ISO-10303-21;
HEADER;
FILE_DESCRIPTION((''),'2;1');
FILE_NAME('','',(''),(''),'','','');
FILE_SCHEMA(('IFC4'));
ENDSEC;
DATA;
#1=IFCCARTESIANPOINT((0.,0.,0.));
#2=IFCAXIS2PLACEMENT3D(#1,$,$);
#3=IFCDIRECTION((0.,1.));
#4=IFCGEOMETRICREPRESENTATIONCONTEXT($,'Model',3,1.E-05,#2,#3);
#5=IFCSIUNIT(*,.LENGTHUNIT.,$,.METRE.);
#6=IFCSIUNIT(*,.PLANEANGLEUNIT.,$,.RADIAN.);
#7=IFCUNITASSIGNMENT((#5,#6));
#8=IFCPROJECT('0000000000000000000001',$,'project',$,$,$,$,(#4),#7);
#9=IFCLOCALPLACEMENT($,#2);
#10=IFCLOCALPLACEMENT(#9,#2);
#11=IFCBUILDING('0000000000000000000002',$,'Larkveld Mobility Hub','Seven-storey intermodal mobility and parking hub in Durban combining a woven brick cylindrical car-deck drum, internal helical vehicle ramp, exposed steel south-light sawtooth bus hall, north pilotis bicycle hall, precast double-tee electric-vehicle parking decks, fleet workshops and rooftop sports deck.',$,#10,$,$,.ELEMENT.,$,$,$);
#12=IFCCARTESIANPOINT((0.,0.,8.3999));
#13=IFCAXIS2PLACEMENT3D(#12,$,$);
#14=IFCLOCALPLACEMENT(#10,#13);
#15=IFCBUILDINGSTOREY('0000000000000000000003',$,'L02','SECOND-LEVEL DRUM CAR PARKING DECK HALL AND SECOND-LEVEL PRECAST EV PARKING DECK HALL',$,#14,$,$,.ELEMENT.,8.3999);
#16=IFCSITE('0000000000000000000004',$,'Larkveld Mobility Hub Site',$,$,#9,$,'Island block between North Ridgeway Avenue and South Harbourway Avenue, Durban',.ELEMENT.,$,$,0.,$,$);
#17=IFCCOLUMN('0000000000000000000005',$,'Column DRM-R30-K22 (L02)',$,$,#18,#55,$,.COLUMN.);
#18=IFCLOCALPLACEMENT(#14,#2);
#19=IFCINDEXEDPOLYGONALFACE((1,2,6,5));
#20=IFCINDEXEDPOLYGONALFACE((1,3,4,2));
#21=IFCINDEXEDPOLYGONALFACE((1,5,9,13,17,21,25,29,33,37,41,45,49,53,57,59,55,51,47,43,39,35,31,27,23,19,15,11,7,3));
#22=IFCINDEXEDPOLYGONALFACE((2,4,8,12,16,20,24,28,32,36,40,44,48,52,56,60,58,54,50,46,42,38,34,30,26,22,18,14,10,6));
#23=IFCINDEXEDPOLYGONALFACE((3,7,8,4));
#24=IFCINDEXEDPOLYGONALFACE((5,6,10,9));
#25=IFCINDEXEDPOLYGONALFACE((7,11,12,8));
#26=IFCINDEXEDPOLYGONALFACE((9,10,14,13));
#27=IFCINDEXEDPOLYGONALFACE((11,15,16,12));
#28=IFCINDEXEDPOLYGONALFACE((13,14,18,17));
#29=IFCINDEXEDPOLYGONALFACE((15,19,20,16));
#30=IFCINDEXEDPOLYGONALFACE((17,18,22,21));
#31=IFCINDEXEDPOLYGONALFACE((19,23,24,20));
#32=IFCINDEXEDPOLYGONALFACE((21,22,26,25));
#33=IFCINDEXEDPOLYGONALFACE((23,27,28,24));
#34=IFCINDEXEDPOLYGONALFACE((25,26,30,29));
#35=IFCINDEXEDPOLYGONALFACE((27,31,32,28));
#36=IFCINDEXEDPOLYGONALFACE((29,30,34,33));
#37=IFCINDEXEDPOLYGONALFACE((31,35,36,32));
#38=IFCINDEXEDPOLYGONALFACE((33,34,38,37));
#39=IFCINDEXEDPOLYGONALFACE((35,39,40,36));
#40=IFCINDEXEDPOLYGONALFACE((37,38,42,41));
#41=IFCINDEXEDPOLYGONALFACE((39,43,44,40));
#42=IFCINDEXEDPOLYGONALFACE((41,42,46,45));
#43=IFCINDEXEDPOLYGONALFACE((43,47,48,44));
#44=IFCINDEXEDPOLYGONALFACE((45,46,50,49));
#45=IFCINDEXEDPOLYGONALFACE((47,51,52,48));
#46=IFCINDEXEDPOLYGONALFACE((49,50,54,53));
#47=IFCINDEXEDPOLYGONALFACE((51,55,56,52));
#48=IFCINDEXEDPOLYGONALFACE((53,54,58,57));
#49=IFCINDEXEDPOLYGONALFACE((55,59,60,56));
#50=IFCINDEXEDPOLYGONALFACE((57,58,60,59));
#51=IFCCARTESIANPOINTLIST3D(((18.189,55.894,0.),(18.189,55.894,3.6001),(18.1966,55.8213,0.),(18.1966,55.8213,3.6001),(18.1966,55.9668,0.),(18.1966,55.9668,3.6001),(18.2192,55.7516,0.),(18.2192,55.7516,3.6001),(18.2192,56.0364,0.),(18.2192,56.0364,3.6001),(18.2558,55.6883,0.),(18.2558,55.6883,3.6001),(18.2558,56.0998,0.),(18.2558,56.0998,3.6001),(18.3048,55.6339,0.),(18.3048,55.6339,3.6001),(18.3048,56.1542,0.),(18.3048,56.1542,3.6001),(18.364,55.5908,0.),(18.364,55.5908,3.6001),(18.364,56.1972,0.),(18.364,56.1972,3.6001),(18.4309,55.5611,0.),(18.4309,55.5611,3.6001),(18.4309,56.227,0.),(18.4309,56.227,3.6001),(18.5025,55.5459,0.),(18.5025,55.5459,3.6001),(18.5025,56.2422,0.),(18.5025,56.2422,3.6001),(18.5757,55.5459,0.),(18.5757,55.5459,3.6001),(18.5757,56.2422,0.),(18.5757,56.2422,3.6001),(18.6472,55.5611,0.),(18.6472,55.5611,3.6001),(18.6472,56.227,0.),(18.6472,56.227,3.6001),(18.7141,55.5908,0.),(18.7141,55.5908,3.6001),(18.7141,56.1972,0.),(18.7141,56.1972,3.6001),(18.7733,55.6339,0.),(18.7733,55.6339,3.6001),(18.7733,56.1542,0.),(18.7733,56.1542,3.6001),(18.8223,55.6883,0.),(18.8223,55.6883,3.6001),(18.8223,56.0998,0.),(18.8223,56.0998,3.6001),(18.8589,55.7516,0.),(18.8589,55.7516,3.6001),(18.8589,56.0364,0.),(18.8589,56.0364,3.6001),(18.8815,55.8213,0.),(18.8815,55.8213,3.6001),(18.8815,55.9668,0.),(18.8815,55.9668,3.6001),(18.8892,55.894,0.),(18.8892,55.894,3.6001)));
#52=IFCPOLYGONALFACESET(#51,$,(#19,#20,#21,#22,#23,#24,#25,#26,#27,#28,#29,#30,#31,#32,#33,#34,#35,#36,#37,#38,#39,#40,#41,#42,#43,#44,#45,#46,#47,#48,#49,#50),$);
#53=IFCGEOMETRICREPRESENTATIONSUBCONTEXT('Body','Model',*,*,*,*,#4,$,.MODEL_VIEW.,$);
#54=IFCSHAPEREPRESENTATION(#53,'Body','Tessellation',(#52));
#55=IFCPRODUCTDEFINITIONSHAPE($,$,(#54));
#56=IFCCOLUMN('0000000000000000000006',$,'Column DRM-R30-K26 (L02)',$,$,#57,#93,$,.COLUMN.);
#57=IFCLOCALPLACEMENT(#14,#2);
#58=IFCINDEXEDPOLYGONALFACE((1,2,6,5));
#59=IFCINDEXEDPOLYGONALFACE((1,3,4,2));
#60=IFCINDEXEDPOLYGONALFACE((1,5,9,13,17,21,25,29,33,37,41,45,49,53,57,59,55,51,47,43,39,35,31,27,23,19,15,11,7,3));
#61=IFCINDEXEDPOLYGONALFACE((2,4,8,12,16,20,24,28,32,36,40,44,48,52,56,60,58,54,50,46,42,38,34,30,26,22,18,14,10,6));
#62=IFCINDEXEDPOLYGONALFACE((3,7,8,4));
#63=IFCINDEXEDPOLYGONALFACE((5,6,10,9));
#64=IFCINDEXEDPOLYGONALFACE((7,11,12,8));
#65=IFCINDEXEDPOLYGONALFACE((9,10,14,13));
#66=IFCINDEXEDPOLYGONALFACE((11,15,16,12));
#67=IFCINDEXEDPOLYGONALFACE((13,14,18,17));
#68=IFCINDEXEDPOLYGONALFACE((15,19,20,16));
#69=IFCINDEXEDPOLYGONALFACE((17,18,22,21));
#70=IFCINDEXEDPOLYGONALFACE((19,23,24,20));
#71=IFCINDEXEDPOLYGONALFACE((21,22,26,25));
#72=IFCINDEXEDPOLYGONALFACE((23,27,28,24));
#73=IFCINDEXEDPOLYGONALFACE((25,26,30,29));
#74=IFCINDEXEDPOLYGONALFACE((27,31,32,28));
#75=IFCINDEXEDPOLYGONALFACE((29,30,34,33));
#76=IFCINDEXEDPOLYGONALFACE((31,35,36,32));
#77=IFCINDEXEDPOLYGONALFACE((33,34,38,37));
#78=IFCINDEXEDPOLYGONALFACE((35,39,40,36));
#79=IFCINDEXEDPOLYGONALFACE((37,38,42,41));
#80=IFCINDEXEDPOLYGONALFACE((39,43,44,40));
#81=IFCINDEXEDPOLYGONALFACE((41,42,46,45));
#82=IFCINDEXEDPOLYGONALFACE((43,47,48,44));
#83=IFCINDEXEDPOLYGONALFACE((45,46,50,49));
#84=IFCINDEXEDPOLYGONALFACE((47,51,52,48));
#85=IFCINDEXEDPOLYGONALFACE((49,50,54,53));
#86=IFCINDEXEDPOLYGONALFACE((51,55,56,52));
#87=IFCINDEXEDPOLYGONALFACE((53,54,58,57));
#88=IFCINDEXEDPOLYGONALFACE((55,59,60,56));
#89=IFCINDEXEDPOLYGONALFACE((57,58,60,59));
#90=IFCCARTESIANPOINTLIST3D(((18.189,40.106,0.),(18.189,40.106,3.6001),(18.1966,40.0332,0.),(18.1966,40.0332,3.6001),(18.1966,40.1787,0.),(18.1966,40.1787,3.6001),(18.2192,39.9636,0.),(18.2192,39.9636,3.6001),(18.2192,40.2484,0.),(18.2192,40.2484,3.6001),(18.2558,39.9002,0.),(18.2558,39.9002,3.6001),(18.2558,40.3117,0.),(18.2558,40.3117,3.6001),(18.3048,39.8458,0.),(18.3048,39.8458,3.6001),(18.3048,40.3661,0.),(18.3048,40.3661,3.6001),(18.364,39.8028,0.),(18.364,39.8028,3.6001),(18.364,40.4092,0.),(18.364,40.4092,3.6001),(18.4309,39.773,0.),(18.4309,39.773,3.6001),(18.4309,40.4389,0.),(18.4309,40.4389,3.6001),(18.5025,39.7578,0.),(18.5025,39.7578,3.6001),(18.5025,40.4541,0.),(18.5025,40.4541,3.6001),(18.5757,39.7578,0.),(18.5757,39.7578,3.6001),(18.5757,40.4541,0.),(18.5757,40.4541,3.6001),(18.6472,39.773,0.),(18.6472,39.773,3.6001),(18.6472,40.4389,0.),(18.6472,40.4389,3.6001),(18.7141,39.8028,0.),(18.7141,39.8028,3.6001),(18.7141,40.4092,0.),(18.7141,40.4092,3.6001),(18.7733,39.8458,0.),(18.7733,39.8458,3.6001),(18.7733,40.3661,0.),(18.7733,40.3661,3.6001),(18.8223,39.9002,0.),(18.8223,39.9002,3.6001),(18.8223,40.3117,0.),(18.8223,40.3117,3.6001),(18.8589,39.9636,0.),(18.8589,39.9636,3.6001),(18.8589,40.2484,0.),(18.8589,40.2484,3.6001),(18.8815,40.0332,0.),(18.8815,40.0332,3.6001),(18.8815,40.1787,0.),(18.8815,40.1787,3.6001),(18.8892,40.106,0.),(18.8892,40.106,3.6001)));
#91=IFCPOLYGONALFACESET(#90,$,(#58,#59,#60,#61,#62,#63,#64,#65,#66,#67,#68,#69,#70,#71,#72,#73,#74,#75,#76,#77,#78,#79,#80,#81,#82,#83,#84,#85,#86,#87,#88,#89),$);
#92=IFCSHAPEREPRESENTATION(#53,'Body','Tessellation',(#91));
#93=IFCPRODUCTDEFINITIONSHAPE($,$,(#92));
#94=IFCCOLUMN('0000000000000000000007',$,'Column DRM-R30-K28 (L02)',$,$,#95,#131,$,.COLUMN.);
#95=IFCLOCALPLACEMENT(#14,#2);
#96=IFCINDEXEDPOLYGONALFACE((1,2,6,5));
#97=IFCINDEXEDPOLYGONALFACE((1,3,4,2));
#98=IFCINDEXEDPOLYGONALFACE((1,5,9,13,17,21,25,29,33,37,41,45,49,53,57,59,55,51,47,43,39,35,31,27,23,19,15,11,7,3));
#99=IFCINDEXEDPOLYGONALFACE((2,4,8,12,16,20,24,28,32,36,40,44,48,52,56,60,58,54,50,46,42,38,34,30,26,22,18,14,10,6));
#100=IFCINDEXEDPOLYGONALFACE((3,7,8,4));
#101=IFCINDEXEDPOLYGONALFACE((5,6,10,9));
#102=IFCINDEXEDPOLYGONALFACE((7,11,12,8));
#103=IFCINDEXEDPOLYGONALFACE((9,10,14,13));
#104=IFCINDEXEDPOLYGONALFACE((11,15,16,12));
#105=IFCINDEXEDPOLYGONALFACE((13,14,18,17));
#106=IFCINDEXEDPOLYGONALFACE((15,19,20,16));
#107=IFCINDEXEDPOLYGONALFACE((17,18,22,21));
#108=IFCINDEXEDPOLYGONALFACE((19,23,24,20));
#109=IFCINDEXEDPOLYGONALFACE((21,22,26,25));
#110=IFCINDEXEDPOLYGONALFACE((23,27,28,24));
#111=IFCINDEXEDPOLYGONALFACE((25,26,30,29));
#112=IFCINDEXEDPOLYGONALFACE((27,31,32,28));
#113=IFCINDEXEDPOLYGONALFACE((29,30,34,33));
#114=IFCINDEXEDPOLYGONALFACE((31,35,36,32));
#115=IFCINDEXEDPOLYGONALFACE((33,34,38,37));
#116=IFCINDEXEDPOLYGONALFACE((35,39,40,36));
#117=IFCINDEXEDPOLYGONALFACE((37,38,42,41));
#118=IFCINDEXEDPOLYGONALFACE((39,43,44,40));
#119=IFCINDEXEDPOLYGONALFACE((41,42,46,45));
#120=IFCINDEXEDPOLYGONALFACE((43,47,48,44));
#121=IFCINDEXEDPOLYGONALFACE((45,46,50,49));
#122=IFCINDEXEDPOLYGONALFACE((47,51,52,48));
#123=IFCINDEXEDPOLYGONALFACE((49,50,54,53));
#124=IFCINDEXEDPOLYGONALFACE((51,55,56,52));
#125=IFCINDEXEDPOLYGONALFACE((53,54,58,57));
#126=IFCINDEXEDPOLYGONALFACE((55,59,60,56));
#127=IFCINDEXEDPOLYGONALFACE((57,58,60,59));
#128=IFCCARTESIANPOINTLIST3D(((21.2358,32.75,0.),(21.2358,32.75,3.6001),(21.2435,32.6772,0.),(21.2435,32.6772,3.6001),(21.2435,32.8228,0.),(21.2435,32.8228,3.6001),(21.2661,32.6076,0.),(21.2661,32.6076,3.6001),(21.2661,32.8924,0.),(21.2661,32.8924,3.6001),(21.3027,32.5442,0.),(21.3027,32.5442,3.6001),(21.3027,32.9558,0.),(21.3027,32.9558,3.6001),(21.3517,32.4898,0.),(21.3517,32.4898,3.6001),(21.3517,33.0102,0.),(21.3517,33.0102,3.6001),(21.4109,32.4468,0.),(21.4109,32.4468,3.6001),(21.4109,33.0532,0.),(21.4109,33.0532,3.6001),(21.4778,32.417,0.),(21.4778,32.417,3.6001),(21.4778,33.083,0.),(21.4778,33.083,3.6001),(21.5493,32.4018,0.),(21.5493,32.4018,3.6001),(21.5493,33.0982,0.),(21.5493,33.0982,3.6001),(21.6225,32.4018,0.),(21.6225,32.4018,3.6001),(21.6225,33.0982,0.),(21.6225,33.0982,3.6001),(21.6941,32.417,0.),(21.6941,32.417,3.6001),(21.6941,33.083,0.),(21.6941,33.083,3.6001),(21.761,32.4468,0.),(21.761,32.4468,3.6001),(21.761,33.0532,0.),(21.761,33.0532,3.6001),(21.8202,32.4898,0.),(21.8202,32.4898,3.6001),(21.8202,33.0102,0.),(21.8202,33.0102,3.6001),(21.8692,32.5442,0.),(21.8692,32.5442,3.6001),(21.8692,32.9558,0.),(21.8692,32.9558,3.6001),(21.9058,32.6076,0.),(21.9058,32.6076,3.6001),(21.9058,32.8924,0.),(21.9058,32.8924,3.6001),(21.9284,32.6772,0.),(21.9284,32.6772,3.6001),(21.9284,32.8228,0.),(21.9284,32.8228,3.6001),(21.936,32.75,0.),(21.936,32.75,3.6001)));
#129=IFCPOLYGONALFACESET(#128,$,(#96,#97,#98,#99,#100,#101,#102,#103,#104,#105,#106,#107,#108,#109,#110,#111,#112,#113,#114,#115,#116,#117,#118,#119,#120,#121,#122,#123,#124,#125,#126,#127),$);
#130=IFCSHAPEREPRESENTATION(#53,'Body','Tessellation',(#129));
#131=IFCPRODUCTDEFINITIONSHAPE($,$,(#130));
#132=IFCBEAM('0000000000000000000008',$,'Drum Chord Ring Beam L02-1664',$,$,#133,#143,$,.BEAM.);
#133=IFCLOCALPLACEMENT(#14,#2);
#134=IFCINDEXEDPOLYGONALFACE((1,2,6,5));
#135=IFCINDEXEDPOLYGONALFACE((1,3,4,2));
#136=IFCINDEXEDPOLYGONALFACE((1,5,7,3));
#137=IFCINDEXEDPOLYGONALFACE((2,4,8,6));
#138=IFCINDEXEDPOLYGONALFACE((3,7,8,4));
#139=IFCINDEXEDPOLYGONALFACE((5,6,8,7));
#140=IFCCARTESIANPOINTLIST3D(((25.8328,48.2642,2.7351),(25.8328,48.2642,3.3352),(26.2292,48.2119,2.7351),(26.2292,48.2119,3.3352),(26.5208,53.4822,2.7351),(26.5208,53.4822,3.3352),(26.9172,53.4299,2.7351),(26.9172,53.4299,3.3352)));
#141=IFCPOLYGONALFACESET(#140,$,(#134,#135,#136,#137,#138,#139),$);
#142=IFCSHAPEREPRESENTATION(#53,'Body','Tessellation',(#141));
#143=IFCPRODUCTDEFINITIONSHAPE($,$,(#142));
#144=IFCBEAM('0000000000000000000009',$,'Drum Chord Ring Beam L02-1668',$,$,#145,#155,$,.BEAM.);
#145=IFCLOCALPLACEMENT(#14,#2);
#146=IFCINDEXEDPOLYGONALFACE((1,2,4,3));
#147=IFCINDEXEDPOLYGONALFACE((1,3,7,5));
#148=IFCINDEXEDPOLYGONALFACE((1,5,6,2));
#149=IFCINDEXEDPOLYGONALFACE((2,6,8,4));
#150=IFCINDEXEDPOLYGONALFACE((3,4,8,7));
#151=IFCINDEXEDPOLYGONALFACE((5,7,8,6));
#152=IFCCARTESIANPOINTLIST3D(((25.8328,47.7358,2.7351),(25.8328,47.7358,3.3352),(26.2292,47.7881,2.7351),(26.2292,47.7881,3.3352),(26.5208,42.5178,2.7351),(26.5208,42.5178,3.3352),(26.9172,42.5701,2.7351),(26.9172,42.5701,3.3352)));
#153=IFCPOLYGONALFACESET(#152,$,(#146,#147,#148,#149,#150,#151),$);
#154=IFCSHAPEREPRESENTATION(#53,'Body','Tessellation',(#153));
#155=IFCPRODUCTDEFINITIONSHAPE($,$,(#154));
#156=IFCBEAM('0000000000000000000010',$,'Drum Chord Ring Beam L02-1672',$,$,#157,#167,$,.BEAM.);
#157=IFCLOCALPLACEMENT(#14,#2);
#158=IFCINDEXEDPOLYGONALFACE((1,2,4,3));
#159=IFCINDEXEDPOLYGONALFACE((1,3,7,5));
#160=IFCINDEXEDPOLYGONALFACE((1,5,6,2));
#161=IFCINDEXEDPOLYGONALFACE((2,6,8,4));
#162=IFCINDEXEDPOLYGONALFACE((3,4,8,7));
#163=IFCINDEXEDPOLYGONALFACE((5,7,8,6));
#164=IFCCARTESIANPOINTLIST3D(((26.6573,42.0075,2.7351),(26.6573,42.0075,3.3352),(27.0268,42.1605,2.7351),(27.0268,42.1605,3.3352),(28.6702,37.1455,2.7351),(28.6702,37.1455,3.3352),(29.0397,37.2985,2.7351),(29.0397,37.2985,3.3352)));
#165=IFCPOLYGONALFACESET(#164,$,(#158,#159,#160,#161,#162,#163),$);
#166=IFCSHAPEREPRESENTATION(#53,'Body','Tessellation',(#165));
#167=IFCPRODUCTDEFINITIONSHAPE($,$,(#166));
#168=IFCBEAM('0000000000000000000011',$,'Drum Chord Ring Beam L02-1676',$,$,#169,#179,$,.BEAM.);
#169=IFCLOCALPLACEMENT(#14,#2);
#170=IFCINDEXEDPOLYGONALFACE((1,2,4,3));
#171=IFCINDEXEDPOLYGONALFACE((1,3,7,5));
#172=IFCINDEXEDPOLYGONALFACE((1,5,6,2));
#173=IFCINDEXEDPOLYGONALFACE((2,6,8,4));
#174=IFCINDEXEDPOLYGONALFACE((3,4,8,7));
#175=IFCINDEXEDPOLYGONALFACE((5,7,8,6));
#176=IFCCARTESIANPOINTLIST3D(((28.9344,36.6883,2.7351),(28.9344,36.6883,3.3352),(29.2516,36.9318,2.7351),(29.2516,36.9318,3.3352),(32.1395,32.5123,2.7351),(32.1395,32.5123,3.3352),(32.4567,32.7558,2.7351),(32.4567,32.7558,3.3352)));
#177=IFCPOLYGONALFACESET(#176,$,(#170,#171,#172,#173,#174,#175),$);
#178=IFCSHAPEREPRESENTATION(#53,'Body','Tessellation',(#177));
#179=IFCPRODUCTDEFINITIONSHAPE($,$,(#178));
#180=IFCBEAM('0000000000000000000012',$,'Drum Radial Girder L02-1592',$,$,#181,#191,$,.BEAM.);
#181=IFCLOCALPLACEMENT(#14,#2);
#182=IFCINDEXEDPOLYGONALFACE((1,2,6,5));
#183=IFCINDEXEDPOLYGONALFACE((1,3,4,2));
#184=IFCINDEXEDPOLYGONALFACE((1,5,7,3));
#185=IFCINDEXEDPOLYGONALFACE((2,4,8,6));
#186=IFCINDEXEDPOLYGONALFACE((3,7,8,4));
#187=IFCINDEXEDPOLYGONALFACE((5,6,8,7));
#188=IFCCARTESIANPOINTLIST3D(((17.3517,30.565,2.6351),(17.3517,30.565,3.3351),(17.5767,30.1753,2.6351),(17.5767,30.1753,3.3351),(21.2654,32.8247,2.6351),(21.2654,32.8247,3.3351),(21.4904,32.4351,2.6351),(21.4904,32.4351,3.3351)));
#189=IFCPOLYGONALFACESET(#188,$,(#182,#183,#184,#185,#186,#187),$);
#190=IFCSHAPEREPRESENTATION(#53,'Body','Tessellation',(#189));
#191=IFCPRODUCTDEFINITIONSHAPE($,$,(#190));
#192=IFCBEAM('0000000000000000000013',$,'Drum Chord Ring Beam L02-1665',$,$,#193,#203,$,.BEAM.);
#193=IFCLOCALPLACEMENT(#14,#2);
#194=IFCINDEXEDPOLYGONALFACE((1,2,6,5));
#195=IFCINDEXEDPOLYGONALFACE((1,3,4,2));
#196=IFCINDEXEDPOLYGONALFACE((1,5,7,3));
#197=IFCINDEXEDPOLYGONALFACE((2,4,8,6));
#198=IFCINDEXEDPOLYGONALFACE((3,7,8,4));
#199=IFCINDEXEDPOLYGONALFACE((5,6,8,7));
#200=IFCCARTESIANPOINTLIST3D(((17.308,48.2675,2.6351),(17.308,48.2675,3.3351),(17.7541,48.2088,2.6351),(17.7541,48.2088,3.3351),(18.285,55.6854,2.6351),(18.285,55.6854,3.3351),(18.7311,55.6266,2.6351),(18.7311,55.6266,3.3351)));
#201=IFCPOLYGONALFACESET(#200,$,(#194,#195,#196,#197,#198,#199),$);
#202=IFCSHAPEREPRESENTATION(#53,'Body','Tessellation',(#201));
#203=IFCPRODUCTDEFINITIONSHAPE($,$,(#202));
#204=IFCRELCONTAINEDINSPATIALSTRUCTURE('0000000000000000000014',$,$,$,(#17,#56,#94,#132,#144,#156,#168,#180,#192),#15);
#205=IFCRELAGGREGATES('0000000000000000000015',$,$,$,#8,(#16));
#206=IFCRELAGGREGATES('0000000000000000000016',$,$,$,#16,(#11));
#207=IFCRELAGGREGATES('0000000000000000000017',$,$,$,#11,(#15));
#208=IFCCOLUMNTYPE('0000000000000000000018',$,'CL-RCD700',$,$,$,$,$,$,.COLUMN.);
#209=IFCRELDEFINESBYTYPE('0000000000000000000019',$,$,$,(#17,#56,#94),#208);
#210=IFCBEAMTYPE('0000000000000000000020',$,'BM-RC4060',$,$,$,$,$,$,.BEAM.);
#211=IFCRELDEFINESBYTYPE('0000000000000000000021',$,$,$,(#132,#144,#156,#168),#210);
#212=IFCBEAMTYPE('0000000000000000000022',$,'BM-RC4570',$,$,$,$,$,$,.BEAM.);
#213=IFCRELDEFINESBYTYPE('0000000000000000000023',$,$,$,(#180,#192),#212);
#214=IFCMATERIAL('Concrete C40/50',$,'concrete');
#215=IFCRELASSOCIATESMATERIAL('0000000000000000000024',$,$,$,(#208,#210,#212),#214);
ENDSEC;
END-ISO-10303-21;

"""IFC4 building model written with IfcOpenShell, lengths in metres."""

from ifc_helpers import new_model, si_unit, direction, frame, origin, origin_2d, place, context, subcontext, project, spatial, rectangle, circle, extrude, material, material_profile, profile_set, type_object, element, save


model = new_model("IFC4")

# Units and contexts
model_context = context("Model", 3, precision=1e-05, world=origin(), true_north=direction((0.0, 1.0)))
body_context = subcontext(model_context, "Body", "Model", "MODEL_VIEW")
ifc_project = project(units=[si_unit("LENGTHUNIT", "METRE"), si_unit("PLANEANGLEUNIT", "RADIAN")], contexts=[model_context])

# Site, building, storey
site_placement = place(None, origin())
site = spatial("IfcSite", under=ifc_project, at=site_placement, Name="Larkveld Mobility Hub Site", LongName="Island block between North Ridgeway Avenue and South Harbourway Avenue, Durban", CompositionType="ELEMENT", RefElevation=0.0)
building_placement = place(site_placement, origin())
building = spatial("IfcBuilding", under=site, at=building_placement, Name="Larkveld Mobility Hub", Description="Seven-storey intermodal mobility and parking hub in Durban combining a woven brick cylindrical car-deck drum, internal helical vehicle ramp, exposed steel south-light sawtooth bus hall, north pilotis bicycle hall, precast double-tee electric-vehicle parking decks, fleet workshops and rooftop sports deck.", CompositionType="ELEMENT")
storey_placement = place(building_placement, frame((0.0, 0.0, 8.3999)))
storey = spatial("IfcBuildingStorey", under=building, at=storey_placement, Name="L02", Description="SECOND-LEVEL DRUM CAR PARKING DECK HALL AND SECOND-LEVEL PRECAST EV PARKING DECK HALL", CompositionType="ELEMENT", Elevation=8.3999)

# Columns
ifc_material_1 = material(Name="Concrete C40/50", Category="concrete")
ifc_material_profile_1 = material_profile(ifc_material_1, circle(Radius=0.3501, at=origin_2d()), Name="RC COL D700")
ifc_profile_set_1 = profile_set([ifc_material_profile_1], Name="Concrete C40/50")
column_type_1 = type_object("IfcColumnType", Name="CL-RCD700", PredefinedType="COLUMN", material=ifc_profile_set_1)
for number, where, z_axis, x_axis, name in (
    (1, (18.5391, 55.894, 0.0), (0.0, 0.0, 1.0), (1.0, 0.0, 0.0), "Column DRM-R30-K22 (L02)"),
    (2, (18.5391, 40.106, 0.0), (0.0, 0.0, 1.0), (1.0, 0.0, 0.0), "Column DRM-R30-K26 (L02)"),
    (3, (21.5859, 32.75, 0.0), (0.0, 0.0, 1.0), (1.0, 0.0, 0.0), "Column DRM-R30-K28 (L02)"),
):
    element("IfcColumn", number, at=place(storey_placement, frame(where, z_axis=z_axis, x_axis=x_axis)), inside=storey, type_object=column_type_1, Name=name, PredefinedType="COLUMN", context=body_context, shape_type="SweptSolid", body=[
        extrude(circle(Radius=0.3501, at=origin_2d()), origin(), (0.0, 0.0, 1.0), 3.6001),
    ])

# Beams
ifc_material_profile_2 = material_profile(ifc_material_1, rectangle(XDim=0.3999, YDim=0.6001, at=origin_2d()), Name="RC BM 400x600")
ifc_profile_set_2 = profile_set([ifc_material_profile_2], Name="Concrete C40/50")
beam_type_1 = type_object("IfcBeamType", Name="BM-RC4060", PredefinedType="BEAM", material=ifc_profile_set_2)
for number, where, z_axis, x_axis, name in (
    (4, (26.719, 53.4561, 3.0352), (-0.130717, -0.99142, 0.0), (0.99142, -0.130717, 0.0), "Drum Chord Ring Beam L02-1664"),
    (5, (26.031, 47.762, 3.0352), (0.130717, -0.99142, 0.0), (0.99142, 0.130717, 0.0), "Drum Chord Ring Beam L02-1668"),
):
    element("IfcBeam", number, at=place(storey_placement, frame(where, z_axis=z_axis, x_axis=x_axis)), inside=storey, type_object=beam_type_1, Name=name, PredefinedType="BEAM", context=body_context, shape_type="SweptSolid", body=[
        extrude(rectangle(XDim=0.3999, YDim=0.6001, at=origin_2d()), origin(), (0.0, 0.0, 1.0), 5.2632),
    ])
beam_1_placement = place(storey_placement, frame((26.842, 42.084, 3.0352), z_axis=(0.382523, -0.923946, 0.0), x_axis=(0.923946, 0.382523, 0.0)))
element("IfcBeam", 6, at=beam_1_placement, inside=storey, type_object=beam_type_1, Name="Drum Chord Ring Beam L02-1672", PredefinedType="BEAM", context=body_context, shape_type="SweptSolid", body=[
    extrude(rectangle(XDim=0.3999, YDim=0.6001, at=origin_2d()), origin(), (0.0, 0.0, 1.0), 5.2622),
])
beam_2_placement = place(storey_placement, frame((29.093, 36.8101, 3.0352), z_axis=(0.608845, -0.793289, 0.0), x_axis=(0.793289, 0.608845, 0.0)))
element("IfcBeam", 7, at=beam_2_placement, inside=storey, type_object=beam_type_1, Name="Drum Chord Ring Beam L02-1676", PredefinedType="BEAM", context=body_context, shape_type="SweptSolid", body=[
    extrude(rectangle(XDim=0.3999, YDim=0.6001, at=origin_2d()), origin(), (0.0, 0.0, 1.0), 5.2642),
])
ifc_material_profile_3 = material_profile(ifc_material_1, rectangle(XDim=0.45, YDim=0.7, at=origin_2d()), Name="RC BM 450x700")
ifc_profile_set_3 = profile_set([ifc_material_profile_3], Name="Concrete C40/50")
beam_type_2 = type_object("IfcBeamType", Name="BM-RC4570", PredefinedType="BEAM", material=ifc_profile_set_3)
beam_3_placement = place(storey_placement, frame((21.3779, 32.6299, 2.9851), z_axis=(-0.866014, -0.50002, 0.0), x_axis=(0.50002, -0.866014, 0.0)))
element("IfcBeam", 8, at=beam_3_placement, inside=storey, type_object=beam_type_2, Name="Drum Radial Girder L02-1592", PredefinedType="BEAM", context=body_context, shape_type="SweptSolid", body=[
    extrude(rectangle(XDim=0.45, YDim=0.7, at=origin_2d()), origin(), (0.0, 0.0, 1.0), 4.5193),
])
beam_4_placement = place(storey_placement, frame((18.5081, 55.656, 2.9851), z_axis=(-0.130586, -0.991437, 0.0), x_axis=(0.991437, -0.130586, 0.0)))
element("IfcBeam", 9, at=beam_4_placement, inside=storey, type_object=beam_type_2, Name="Drum Chord Ring Beam L02-1665", PredefinedType="BEAM", context=body_context, shape_type="SweptSolid", body=[
    extrude(rectangle(XDim=0.45, YDim=0.7, at=origin_2d()), origin(), (0.0, 0.0, 1.0), 7.4819),
])

save(model, "model.ifc")
